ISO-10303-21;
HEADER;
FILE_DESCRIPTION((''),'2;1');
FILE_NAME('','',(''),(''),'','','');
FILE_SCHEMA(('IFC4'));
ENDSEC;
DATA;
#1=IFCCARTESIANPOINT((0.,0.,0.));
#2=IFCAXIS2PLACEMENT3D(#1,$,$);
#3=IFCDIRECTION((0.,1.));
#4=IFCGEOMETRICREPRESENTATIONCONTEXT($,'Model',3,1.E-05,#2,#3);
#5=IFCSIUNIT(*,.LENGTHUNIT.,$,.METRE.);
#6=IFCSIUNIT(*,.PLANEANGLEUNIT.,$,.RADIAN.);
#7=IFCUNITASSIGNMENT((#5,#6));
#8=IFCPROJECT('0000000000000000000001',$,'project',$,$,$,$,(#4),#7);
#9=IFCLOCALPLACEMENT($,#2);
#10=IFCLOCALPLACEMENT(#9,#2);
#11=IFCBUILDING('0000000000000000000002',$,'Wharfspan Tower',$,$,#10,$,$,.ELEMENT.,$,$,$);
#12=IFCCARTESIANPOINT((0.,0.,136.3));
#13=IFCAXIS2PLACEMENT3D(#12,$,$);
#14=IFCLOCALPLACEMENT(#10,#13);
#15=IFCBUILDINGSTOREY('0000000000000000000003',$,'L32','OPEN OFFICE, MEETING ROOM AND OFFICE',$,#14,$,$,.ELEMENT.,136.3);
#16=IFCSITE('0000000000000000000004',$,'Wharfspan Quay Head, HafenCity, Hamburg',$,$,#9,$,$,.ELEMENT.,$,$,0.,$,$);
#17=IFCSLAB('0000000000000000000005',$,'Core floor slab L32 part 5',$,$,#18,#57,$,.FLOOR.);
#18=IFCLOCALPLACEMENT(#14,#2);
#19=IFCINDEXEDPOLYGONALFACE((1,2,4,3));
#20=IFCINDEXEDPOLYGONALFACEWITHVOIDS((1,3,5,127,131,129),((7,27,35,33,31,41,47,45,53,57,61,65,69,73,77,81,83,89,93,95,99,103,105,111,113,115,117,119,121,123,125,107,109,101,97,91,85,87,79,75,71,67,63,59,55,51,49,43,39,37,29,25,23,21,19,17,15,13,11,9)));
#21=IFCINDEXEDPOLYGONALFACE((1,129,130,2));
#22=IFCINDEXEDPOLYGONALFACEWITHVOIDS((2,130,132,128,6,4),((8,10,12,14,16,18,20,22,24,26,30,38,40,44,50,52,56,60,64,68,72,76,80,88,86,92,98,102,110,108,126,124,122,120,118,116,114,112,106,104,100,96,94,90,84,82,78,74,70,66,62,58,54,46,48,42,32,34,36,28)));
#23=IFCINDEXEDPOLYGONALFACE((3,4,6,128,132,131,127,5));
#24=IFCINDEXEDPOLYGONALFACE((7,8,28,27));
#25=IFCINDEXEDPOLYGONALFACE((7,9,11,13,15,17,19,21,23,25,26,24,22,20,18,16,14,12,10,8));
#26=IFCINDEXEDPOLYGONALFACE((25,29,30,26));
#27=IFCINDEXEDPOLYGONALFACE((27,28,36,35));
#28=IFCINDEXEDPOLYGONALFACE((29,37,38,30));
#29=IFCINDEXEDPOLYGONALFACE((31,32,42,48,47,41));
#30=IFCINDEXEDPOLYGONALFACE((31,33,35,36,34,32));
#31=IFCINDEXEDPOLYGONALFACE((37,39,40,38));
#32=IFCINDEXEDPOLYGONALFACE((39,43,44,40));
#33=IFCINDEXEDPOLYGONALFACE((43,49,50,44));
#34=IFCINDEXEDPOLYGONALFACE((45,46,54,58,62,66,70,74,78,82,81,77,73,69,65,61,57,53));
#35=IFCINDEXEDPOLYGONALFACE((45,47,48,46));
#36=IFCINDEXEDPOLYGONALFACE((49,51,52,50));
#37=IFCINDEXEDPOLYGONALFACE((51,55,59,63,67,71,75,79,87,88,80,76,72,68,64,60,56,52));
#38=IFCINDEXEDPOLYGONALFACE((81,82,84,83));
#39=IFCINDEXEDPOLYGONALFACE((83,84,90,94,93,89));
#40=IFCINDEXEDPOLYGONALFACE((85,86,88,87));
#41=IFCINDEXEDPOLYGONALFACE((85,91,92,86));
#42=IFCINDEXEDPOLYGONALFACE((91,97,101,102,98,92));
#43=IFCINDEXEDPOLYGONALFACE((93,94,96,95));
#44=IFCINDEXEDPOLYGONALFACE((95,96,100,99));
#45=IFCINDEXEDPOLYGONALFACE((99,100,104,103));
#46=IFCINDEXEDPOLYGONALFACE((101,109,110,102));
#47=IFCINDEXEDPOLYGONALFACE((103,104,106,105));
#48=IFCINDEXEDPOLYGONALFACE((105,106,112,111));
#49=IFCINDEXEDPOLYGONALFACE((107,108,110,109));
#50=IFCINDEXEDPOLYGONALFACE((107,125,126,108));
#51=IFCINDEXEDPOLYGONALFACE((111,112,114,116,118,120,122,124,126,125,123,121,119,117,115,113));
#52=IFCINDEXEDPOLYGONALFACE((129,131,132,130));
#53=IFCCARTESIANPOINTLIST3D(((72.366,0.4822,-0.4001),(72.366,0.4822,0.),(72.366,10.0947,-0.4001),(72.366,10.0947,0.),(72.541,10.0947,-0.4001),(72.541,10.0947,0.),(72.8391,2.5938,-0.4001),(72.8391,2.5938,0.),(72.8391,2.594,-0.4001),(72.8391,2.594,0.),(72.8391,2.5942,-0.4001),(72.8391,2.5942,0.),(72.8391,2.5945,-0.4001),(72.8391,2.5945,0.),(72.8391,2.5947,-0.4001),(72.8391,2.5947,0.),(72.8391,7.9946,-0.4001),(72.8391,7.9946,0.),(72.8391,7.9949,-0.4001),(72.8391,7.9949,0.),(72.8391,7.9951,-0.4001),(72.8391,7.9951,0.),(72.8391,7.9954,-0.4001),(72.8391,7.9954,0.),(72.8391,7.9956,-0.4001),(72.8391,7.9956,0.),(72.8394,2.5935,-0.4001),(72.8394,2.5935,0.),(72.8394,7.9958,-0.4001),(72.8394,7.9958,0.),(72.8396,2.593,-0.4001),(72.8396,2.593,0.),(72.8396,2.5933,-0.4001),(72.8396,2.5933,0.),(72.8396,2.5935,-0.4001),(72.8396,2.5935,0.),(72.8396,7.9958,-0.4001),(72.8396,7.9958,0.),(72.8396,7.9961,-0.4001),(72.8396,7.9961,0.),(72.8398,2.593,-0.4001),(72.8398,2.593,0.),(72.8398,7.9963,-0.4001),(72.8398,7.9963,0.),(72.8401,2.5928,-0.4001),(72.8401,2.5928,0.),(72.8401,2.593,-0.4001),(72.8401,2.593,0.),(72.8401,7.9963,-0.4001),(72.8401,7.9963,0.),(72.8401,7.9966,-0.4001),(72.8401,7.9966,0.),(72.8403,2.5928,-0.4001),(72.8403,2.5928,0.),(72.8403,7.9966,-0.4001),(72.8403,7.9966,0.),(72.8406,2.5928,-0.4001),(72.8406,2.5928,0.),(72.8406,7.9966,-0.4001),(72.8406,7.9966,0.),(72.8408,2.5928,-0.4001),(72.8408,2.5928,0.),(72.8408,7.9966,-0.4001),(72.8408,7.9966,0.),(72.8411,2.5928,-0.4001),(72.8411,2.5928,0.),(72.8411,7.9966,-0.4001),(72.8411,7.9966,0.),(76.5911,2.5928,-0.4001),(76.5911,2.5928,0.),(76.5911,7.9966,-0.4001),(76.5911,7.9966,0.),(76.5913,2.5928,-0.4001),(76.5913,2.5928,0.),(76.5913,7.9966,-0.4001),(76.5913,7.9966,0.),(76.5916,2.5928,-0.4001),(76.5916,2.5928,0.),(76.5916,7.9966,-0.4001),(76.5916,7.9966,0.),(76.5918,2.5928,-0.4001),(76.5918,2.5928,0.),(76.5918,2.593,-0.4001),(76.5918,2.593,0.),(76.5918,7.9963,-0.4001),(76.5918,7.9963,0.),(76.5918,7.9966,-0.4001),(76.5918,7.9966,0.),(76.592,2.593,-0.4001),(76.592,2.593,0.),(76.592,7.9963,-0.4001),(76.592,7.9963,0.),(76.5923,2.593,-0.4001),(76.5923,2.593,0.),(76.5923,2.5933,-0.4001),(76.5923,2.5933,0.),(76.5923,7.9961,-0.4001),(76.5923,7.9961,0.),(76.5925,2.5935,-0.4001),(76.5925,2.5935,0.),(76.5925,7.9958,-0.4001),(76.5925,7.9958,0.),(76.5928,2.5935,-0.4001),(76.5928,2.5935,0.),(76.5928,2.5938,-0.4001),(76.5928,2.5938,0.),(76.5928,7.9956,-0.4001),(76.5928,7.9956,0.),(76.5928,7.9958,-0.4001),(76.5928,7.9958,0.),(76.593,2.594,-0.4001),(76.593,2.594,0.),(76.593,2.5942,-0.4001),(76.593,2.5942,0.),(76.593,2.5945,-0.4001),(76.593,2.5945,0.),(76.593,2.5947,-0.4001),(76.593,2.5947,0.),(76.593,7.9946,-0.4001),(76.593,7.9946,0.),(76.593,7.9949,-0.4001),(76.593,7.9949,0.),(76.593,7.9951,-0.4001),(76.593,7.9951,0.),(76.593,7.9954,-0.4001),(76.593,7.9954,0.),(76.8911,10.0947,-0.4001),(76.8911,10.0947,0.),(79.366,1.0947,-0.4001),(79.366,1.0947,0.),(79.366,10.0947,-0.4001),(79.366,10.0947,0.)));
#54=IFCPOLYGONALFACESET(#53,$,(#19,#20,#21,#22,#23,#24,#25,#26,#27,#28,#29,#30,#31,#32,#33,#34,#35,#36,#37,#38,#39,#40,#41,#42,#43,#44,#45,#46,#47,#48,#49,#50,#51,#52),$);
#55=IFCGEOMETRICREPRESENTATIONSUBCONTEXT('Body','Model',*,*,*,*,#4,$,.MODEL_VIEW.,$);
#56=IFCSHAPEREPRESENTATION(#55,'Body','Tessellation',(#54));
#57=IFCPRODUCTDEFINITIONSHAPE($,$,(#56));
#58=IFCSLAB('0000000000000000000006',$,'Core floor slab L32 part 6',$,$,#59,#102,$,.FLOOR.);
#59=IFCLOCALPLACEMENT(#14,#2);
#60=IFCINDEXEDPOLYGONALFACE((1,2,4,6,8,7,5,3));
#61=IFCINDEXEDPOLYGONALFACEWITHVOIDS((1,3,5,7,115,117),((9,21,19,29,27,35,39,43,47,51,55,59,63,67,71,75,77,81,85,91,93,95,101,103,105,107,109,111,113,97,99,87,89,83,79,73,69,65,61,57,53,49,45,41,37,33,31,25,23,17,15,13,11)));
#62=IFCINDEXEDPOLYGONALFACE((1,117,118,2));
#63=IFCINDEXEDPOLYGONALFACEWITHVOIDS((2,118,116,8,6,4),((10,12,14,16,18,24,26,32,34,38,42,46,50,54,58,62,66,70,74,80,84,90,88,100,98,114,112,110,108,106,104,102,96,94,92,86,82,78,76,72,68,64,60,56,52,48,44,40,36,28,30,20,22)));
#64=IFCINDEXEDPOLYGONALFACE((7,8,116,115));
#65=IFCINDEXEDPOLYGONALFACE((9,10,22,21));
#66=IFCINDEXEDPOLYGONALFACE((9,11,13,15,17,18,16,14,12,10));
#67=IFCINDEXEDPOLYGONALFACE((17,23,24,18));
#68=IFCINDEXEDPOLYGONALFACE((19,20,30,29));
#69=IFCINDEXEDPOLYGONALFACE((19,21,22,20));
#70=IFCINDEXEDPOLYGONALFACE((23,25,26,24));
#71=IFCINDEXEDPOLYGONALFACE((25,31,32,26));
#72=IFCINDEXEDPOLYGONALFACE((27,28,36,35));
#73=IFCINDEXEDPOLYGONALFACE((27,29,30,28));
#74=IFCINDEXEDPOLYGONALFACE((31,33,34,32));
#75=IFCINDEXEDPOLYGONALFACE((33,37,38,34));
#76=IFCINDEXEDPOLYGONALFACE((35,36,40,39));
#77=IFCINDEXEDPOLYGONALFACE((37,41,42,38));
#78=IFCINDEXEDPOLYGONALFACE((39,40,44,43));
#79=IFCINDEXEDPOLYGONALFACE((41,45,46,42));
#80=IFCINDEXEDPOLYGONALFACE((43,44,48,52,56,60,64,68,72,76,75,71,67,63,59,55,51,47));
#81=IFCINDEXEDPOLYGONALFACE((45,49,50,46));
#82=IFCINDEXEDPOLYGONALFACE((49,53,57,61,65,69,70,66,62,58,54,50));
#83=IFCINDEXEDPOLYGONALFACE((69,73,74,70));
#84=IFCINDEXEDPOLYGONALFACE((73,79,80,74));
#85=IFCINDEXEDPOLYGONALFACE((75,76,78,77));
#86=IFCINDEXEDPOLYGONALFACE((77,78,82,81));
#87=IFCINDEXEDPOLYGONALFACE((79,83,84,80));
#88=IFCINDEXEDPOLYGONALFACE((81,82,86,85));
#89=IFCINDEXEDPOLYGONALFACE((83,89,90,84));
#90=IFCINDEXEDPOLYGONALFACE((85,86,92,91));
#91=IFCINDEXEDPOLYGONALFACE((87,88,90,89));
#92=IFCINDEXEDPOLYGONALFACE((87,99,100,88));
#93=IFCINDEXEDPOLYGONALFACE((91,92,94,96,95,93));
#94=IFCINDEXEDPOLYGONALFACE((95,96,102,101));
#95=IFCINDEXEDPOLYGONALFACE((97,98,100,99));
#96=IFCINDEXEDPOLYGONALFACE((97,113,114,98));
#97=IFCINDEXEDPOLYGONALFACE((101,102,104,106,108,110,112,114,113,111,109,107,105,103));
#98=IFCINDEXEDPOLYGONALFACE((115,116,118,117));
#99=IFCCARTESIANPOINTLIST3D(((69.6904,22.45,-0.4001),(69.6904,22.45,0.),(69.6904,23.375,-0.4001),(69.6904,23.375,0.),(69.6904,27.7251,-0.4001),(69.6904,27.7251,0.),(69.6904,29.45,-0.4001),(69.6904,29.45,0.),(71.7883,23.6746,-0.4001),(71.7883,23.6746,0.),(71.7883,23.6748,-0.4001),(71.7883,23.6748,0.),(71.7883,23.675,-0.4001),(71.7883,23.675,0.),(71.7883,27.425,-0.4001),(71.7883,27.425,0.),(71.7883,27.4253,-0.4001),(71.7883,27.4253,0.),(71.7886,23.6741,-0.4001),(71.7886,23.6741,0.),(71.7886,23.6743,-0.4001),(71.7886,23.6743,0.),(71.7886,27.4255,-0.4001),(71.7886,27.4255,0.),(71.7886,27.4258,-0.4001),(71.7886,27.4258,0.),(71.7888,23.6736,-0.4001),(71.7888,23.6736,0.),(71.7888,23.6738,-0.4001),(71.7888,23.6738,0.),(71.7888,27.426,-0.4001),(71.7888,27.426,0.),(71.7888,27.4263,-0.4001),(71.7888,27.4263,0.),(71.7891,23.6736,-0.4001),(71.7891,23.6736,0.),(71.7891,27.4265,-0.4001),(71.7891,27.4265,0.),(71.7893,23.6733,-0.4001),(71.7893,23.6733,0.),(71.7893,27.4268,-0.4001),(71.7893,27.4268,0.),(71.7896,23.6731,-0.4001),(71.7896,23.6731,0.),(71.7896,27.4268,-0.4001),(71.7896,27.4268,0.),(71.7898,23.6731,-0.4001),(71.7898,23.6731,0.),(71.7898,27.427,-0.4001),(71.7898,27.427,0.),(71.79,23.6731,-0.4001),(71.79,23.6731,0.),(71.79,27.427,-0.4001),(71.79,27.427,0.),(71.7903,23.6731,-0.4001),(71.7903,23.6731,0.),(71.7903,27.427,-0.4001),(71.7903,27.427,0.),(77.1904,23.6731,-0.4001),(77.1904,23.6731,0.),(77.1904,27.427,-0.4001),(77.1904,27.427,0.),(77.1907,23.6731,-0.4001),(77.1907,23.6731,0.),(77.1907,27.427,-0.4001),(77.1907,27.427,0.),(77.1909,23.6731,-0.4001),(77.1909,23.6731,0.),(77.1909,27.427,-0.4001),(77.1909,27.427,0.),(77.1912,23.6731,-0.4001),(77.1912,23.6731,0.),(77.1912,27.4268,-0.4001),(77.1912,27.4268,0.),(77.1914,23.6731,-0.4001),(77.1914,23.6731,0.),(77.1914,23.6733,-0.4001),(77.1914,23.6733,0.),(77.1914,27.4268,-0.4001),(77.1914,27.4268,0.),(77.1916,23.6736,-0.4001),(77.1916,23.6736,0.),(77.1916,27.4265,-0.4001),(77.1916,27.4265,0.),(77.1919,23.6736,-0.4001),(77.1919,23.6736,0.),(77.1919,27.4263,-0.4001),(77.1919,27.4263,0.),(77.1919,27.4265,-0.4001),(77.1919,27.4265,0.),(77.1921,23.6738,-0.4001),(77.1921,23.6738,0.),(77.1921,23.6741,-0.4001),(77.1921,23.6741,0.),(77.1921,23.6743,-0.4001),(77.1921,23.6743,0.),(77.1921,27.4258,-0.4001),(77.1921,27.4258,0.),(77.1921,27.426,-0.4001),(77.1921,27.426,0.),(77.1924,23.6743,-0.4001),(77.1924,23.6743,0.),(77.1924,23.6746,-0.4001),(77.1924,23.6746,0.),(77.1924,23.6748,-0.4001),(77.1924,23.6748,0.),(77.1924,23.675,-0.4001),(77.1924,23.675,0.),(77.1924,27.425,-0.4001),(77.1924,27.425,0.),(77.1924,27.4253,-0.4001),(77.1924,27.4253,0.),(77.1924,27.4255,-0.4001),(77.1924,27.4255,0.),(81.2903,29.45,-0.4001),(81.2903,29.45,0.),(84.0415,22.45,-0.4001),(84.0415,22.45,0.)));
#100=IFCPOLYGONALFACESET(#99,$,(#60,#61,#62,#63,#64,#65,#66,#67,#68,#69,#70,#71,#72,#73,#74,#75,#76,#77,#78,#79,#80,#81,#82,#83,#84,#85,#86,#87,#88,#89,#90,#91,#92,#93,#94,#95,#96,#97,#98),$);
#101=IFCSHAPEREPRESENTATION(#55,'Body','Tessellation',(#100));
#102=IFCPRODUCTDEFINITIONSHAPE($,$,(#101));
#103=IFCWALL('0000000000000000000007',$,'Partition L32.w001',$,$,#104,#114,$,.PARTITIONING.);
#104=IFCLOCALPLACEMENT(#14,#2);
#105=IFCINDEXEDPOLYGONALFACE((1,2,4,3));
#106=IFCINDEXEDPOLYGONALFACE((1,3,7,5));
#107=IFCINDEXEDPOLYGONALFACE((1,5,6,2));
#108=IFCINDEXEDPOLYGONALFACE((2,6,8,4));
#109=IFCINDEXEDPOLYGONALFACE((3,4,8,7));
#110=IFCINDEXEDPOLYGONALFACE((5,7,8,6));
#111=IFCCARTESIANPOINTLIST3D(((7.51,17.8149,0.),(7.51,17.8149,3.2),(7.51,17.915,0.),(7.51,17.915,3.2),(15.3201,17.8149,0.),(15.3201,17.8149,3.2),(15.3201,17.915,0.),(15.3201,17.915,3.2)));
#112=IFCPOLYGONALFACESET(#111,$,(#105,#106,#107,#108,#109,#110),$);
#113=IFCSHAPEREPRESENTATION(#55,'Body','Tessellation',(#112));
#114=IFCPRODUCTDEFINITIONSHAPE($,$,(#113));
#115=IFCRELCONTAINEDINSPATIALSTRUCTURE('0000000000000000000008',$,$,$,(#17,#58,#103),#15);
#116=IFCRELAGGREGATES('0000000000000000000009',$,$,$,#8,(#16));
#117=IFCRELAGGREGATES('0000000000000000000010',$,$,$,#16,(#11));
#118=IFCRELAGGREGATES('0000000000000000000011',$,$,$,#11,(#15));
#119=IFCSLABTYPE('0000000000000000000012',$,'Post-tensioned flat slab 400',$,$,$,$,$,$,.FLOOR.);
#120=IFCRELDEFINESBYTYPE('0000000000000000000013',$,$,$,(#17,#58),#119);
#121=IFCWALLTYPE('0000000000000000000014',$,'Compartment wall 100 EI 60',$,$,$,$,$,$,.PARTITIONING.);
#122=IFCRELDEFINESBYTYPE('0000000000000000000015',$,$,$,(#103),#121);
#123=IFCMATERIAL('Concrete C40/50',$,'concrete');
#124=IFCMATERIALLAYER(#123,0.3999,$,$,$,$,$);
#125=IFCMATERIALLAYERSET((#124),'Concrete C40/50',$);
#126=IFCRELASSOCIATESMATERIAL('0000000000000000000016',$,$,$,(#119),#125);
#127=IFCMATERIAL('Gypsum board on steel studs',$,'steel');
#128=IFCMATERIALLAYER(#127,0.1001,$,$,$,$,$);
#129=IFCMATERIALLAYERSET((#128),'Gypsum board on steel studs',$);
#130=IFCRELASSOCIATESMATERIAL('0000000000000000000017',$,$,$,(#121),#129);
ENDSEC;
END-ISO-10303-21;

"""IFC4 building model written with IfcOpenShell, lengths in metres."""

from ifc_helpers import new_model, si_unit, direction, frame, frame_2d, origin, place, context, subcontext, project, spatial, polyline, rectangle, outline, extrude, material, layer, layer_set, type_object, element, save


model = new_model("IFC4")

# Units and contexts
model_context = context("Model", 3, precision=1e-05, world=origin(), true_north=direction((0.0, 1.0)))
body_context = subcontext(model_context, "Body", "Model", "MODEL_VIEW")
ifc_project = project(units=[si_unit("LENGTHUNIT", "METRE"), si_unit("PLANEANGLEUNIT", "RADIAN")], contexts=[model_context])

# Site, building, storey
site_placement = place(None, origin())
site = spatial("IfcSite", under=ifc_project, at=site_placement, Name="Wharfspan Quay Head, HafenCity, Hamburg", CompositionType="ELEMENT", RefElevation=0.0)
building_placement = place(site_placement, origin())
building = spatial("IfcBuilding", under=site, at=building_placement, Name="Wharfspan Tower", CompositionType="ELEMENT")
storey_placement = place(building_placement, frame((0.0, 0.0, 136.3)))
storey = spatial("IfcBuildingStorey", under=building, at=storey_placement, Name="L32", Description="OPEN OFFICE, MEETING ROOM AND OFFICE", CompositionType="ELEMENT", Elevation=136.3)

# Slabs
ifc_material_1 = material(Name="Concrete C40/50", Category="concrete")
ifc_layer_1 = layer(ifc_material_1, 0.3999)
ifc_layer_set_1 = layer_set([ifc_layer_1], Name="Concrete C40/50")
slab_type = type_object("IfcSlabType", Name="Post-tensioned flat slab 400", PredefinedType="FLOOR", material=ifc_layer_set_1)
slab_1_placement = place(storey_placement, frame((0.0, 0.0, -0.4001)))
element("IfcSlab", 1, at=slab_1_placement, inside=storey, type_object=slab_type, Name="Core floor slab L32 part 5", PredefinedType="FLOOR", context=body_context, shape_type="SweptSolid", body=[
    extrude(outline(polyline([(79.366, 10.0947), (76.8911, 10.0947), (72.541, 10.0947), (72.366, 10.0947), (72.366, 0.4822), (79.366, 1.0947), (79.366, 10.0947)]), holes=[polyline([(76.5911, 7.9966), (76.5913, 7.9966), (76.5913, 7.9966), (76.5916, 7.9966), (76.5918, 7.9966), (76.5918, 7.9963), (76.592, 7.9963), (76.5923, 7.9961), (76.5923, 7.9961), (76.5925, 7.9958), (76.5928, 7.9958), (76.5928, 7.9956), (76.593, 7.9954), (76.593, 7.9951), (76.593, 7.9951), (76.593, 7.9949), (76.593, 7.9946), (76.593, 2.5947), (76.593, 2.5945), (76.593, 2.5942), (76.593, 2.594), (76.593, 2.594), (76.5928, 2.5938), (76.5928, 2.5935), (76.5925, 2.5935), (76.5923, 2.5933), (76.5923, 2.593), (76.592, 2.593), (76.5918, 2.593), (76.5918, 2.5928), (76.5916, 2.5928), (76.5913, 2.5928), (76.5913, 2.5928), (76.5911, 2.5928), (72.8411, 2.5928), (72.8408, 2.5928), (72.8406, 2.5928), (72.8403, 2.5928), (72.8401, 2.5928), (72.8401, 2.593), (72.8398, 2.593), (72.8396, 2.593), (72.8396, 2.5933), (72.8396, 2.5935), (72.8394, 2.5935), (72.8391, 2.5938), (72.8391, 2.594), (72.8391, 2.594), (72.8391, 2.5942), (72.8391, 2.5945), (72.8391, 2.5947), (72.8391, 7.9946), (72.8391, 7.9949), (72.8391, 7.9951), (72.8391, 7.9951), (72.8391, 7.9954), (72.8391, 7.9956), (72.8394, 7.9958), (72.8396, 7.9958), (72.8396, 7.9961), (72.8396, 7.9961), (72.8398, 7.9963), (72.8401, 7.9963), (72.8401, 7.9966), (72.8403, 7.9966), (72.8406, 7.9966), (72.8408, 7.9966), (72.8411, 7.9966), (76.5911, 7.9966)])]), origin(), (0.0, 0.0, 1.0), 0.4001),
])
slab_2_placement = place(storey_placement, frame((0.0, 0.0, -0.4001)))
element("IfcSlab", 2, at=slab_2_placement, inside=storey, type_object=slab_type, Name="Core floor slab L32 part 6", PredefinedType="FLOOR", context=body_context, shape_type="SweptSolid", body=[
    extrude(outline(polyline([(81.2903, 29.45), (69.6904, 29.45), (69.6904, 27.7251), (69.6904, 23.375), (69.6904, 22.45), (84.0415, 22.45), (81.2903, 29.45)]), holes=[polyline([(71.7903, 23.6731), (71.7903, 23.6731), (71.79, 23.6731), (71.7898, 23.6731), (71.7896, 23.6731), (71.7896, 23.6731), (71.7893, 23.6733), (71.7891, 23.6736), (71.7891, 23.6736), (71.7888, 23.6736), (71.7888, 23.6738), (71.7886, 23.6741), (71.7886, 23.6743), (71.7886, 23.6743), (71.7883, 23.6746), (71.7883, 23.6748), (71.7883, 23.675), (71.7883, 27.425), (71.7883, 27.4253), (71.7883, 27.4253), (71.7886, 27.4255), (71.7886, 27.4258), (71.7886, 27.4258), (71.7888, 27.426), (71.7888, 27.4263), (71.7891, 27.4265), (71.7891, 27.4265), (71.7893, 27.4268), (71.7896, 27.4268), (71.7896, 27.4268), (71.7898, 27.427), (71.79, 27.427), (71.7903, 27.427), (71.7903, 27.427), (77.1904, 27.427), (77.1907, 27.427), (77.1909, 27.427), (77.1909, 27.427), (77.1912, 27.4268), (77.1914, 27.4268), (77.1914, 27.4268), (77.1916, 27.4265), (77.1919, 27.4265), (77.1919, 27.4263), (77.1921, 27.426), (77.1921, 27.4258), (77.1921, 27.4258), (77.1924, 27.4255), (77.1924, 27.4253), (77.1924, 27.4253), (77.1924, 27.425), (77.1924, 23.675), (77.1924, 23.6748), (77.1924, 23.6746), (77.1924, 23.6743), (77.1921, 23.6743), (77.1921, 23.6741), (77.1921, 23.6738), (77.1919, 23.6736), (77.1919, 23.6736), (77.1916, 23.6736), (77.1914, 23.6733), (77.1914, 23.6731), (77.1912, 23.6731), (77.1909, 23.6731), (77.1909, 23.6731), (77.1907, 23.6731), (77.1904, 23.6731), (71.7903, 23.6731)])]), origin(), (0.0, 0.0, 1.0), 0.4001),
])

# Wall
ifc_material_2 = material(Name="Gypsum board on steel studs", Category="steel")
ifc_layer_2 = layer(ifc_material_2, 0.1001)
ifc_layer_set_2 = layer_set([ifc_layer_2], Name="Gypsum board on steel studs")
wall_type_1 = type_object("IfcWallType", Name="Compartment wall 100 EI 60", PredefinedType="PARTITIONING", material=ifc_layer_set_2)
wall_1_placement = place(storey_placement, frame((7.51, 17.865, 0.0), z_axis=(0.0, 0.0, 1.0), x_axis=(1.0, 0.0, 0.0)))
element("IfcWall", 3, at=wall_1_placement, inside=storey, type_object=wall_type_1, Name="Partition L32.w001", PredefinedType="PARTITIONING", context=body_context, shape_type="SweptSolid", body=[
    extrude(rectangle(XDim=7.8101, YDim=0.1001, at=frame_2d((3.905, 0.0))), origin(), (0.0, 0.0, 1.0), 3.2),
])

save(model, "model.ifc")
